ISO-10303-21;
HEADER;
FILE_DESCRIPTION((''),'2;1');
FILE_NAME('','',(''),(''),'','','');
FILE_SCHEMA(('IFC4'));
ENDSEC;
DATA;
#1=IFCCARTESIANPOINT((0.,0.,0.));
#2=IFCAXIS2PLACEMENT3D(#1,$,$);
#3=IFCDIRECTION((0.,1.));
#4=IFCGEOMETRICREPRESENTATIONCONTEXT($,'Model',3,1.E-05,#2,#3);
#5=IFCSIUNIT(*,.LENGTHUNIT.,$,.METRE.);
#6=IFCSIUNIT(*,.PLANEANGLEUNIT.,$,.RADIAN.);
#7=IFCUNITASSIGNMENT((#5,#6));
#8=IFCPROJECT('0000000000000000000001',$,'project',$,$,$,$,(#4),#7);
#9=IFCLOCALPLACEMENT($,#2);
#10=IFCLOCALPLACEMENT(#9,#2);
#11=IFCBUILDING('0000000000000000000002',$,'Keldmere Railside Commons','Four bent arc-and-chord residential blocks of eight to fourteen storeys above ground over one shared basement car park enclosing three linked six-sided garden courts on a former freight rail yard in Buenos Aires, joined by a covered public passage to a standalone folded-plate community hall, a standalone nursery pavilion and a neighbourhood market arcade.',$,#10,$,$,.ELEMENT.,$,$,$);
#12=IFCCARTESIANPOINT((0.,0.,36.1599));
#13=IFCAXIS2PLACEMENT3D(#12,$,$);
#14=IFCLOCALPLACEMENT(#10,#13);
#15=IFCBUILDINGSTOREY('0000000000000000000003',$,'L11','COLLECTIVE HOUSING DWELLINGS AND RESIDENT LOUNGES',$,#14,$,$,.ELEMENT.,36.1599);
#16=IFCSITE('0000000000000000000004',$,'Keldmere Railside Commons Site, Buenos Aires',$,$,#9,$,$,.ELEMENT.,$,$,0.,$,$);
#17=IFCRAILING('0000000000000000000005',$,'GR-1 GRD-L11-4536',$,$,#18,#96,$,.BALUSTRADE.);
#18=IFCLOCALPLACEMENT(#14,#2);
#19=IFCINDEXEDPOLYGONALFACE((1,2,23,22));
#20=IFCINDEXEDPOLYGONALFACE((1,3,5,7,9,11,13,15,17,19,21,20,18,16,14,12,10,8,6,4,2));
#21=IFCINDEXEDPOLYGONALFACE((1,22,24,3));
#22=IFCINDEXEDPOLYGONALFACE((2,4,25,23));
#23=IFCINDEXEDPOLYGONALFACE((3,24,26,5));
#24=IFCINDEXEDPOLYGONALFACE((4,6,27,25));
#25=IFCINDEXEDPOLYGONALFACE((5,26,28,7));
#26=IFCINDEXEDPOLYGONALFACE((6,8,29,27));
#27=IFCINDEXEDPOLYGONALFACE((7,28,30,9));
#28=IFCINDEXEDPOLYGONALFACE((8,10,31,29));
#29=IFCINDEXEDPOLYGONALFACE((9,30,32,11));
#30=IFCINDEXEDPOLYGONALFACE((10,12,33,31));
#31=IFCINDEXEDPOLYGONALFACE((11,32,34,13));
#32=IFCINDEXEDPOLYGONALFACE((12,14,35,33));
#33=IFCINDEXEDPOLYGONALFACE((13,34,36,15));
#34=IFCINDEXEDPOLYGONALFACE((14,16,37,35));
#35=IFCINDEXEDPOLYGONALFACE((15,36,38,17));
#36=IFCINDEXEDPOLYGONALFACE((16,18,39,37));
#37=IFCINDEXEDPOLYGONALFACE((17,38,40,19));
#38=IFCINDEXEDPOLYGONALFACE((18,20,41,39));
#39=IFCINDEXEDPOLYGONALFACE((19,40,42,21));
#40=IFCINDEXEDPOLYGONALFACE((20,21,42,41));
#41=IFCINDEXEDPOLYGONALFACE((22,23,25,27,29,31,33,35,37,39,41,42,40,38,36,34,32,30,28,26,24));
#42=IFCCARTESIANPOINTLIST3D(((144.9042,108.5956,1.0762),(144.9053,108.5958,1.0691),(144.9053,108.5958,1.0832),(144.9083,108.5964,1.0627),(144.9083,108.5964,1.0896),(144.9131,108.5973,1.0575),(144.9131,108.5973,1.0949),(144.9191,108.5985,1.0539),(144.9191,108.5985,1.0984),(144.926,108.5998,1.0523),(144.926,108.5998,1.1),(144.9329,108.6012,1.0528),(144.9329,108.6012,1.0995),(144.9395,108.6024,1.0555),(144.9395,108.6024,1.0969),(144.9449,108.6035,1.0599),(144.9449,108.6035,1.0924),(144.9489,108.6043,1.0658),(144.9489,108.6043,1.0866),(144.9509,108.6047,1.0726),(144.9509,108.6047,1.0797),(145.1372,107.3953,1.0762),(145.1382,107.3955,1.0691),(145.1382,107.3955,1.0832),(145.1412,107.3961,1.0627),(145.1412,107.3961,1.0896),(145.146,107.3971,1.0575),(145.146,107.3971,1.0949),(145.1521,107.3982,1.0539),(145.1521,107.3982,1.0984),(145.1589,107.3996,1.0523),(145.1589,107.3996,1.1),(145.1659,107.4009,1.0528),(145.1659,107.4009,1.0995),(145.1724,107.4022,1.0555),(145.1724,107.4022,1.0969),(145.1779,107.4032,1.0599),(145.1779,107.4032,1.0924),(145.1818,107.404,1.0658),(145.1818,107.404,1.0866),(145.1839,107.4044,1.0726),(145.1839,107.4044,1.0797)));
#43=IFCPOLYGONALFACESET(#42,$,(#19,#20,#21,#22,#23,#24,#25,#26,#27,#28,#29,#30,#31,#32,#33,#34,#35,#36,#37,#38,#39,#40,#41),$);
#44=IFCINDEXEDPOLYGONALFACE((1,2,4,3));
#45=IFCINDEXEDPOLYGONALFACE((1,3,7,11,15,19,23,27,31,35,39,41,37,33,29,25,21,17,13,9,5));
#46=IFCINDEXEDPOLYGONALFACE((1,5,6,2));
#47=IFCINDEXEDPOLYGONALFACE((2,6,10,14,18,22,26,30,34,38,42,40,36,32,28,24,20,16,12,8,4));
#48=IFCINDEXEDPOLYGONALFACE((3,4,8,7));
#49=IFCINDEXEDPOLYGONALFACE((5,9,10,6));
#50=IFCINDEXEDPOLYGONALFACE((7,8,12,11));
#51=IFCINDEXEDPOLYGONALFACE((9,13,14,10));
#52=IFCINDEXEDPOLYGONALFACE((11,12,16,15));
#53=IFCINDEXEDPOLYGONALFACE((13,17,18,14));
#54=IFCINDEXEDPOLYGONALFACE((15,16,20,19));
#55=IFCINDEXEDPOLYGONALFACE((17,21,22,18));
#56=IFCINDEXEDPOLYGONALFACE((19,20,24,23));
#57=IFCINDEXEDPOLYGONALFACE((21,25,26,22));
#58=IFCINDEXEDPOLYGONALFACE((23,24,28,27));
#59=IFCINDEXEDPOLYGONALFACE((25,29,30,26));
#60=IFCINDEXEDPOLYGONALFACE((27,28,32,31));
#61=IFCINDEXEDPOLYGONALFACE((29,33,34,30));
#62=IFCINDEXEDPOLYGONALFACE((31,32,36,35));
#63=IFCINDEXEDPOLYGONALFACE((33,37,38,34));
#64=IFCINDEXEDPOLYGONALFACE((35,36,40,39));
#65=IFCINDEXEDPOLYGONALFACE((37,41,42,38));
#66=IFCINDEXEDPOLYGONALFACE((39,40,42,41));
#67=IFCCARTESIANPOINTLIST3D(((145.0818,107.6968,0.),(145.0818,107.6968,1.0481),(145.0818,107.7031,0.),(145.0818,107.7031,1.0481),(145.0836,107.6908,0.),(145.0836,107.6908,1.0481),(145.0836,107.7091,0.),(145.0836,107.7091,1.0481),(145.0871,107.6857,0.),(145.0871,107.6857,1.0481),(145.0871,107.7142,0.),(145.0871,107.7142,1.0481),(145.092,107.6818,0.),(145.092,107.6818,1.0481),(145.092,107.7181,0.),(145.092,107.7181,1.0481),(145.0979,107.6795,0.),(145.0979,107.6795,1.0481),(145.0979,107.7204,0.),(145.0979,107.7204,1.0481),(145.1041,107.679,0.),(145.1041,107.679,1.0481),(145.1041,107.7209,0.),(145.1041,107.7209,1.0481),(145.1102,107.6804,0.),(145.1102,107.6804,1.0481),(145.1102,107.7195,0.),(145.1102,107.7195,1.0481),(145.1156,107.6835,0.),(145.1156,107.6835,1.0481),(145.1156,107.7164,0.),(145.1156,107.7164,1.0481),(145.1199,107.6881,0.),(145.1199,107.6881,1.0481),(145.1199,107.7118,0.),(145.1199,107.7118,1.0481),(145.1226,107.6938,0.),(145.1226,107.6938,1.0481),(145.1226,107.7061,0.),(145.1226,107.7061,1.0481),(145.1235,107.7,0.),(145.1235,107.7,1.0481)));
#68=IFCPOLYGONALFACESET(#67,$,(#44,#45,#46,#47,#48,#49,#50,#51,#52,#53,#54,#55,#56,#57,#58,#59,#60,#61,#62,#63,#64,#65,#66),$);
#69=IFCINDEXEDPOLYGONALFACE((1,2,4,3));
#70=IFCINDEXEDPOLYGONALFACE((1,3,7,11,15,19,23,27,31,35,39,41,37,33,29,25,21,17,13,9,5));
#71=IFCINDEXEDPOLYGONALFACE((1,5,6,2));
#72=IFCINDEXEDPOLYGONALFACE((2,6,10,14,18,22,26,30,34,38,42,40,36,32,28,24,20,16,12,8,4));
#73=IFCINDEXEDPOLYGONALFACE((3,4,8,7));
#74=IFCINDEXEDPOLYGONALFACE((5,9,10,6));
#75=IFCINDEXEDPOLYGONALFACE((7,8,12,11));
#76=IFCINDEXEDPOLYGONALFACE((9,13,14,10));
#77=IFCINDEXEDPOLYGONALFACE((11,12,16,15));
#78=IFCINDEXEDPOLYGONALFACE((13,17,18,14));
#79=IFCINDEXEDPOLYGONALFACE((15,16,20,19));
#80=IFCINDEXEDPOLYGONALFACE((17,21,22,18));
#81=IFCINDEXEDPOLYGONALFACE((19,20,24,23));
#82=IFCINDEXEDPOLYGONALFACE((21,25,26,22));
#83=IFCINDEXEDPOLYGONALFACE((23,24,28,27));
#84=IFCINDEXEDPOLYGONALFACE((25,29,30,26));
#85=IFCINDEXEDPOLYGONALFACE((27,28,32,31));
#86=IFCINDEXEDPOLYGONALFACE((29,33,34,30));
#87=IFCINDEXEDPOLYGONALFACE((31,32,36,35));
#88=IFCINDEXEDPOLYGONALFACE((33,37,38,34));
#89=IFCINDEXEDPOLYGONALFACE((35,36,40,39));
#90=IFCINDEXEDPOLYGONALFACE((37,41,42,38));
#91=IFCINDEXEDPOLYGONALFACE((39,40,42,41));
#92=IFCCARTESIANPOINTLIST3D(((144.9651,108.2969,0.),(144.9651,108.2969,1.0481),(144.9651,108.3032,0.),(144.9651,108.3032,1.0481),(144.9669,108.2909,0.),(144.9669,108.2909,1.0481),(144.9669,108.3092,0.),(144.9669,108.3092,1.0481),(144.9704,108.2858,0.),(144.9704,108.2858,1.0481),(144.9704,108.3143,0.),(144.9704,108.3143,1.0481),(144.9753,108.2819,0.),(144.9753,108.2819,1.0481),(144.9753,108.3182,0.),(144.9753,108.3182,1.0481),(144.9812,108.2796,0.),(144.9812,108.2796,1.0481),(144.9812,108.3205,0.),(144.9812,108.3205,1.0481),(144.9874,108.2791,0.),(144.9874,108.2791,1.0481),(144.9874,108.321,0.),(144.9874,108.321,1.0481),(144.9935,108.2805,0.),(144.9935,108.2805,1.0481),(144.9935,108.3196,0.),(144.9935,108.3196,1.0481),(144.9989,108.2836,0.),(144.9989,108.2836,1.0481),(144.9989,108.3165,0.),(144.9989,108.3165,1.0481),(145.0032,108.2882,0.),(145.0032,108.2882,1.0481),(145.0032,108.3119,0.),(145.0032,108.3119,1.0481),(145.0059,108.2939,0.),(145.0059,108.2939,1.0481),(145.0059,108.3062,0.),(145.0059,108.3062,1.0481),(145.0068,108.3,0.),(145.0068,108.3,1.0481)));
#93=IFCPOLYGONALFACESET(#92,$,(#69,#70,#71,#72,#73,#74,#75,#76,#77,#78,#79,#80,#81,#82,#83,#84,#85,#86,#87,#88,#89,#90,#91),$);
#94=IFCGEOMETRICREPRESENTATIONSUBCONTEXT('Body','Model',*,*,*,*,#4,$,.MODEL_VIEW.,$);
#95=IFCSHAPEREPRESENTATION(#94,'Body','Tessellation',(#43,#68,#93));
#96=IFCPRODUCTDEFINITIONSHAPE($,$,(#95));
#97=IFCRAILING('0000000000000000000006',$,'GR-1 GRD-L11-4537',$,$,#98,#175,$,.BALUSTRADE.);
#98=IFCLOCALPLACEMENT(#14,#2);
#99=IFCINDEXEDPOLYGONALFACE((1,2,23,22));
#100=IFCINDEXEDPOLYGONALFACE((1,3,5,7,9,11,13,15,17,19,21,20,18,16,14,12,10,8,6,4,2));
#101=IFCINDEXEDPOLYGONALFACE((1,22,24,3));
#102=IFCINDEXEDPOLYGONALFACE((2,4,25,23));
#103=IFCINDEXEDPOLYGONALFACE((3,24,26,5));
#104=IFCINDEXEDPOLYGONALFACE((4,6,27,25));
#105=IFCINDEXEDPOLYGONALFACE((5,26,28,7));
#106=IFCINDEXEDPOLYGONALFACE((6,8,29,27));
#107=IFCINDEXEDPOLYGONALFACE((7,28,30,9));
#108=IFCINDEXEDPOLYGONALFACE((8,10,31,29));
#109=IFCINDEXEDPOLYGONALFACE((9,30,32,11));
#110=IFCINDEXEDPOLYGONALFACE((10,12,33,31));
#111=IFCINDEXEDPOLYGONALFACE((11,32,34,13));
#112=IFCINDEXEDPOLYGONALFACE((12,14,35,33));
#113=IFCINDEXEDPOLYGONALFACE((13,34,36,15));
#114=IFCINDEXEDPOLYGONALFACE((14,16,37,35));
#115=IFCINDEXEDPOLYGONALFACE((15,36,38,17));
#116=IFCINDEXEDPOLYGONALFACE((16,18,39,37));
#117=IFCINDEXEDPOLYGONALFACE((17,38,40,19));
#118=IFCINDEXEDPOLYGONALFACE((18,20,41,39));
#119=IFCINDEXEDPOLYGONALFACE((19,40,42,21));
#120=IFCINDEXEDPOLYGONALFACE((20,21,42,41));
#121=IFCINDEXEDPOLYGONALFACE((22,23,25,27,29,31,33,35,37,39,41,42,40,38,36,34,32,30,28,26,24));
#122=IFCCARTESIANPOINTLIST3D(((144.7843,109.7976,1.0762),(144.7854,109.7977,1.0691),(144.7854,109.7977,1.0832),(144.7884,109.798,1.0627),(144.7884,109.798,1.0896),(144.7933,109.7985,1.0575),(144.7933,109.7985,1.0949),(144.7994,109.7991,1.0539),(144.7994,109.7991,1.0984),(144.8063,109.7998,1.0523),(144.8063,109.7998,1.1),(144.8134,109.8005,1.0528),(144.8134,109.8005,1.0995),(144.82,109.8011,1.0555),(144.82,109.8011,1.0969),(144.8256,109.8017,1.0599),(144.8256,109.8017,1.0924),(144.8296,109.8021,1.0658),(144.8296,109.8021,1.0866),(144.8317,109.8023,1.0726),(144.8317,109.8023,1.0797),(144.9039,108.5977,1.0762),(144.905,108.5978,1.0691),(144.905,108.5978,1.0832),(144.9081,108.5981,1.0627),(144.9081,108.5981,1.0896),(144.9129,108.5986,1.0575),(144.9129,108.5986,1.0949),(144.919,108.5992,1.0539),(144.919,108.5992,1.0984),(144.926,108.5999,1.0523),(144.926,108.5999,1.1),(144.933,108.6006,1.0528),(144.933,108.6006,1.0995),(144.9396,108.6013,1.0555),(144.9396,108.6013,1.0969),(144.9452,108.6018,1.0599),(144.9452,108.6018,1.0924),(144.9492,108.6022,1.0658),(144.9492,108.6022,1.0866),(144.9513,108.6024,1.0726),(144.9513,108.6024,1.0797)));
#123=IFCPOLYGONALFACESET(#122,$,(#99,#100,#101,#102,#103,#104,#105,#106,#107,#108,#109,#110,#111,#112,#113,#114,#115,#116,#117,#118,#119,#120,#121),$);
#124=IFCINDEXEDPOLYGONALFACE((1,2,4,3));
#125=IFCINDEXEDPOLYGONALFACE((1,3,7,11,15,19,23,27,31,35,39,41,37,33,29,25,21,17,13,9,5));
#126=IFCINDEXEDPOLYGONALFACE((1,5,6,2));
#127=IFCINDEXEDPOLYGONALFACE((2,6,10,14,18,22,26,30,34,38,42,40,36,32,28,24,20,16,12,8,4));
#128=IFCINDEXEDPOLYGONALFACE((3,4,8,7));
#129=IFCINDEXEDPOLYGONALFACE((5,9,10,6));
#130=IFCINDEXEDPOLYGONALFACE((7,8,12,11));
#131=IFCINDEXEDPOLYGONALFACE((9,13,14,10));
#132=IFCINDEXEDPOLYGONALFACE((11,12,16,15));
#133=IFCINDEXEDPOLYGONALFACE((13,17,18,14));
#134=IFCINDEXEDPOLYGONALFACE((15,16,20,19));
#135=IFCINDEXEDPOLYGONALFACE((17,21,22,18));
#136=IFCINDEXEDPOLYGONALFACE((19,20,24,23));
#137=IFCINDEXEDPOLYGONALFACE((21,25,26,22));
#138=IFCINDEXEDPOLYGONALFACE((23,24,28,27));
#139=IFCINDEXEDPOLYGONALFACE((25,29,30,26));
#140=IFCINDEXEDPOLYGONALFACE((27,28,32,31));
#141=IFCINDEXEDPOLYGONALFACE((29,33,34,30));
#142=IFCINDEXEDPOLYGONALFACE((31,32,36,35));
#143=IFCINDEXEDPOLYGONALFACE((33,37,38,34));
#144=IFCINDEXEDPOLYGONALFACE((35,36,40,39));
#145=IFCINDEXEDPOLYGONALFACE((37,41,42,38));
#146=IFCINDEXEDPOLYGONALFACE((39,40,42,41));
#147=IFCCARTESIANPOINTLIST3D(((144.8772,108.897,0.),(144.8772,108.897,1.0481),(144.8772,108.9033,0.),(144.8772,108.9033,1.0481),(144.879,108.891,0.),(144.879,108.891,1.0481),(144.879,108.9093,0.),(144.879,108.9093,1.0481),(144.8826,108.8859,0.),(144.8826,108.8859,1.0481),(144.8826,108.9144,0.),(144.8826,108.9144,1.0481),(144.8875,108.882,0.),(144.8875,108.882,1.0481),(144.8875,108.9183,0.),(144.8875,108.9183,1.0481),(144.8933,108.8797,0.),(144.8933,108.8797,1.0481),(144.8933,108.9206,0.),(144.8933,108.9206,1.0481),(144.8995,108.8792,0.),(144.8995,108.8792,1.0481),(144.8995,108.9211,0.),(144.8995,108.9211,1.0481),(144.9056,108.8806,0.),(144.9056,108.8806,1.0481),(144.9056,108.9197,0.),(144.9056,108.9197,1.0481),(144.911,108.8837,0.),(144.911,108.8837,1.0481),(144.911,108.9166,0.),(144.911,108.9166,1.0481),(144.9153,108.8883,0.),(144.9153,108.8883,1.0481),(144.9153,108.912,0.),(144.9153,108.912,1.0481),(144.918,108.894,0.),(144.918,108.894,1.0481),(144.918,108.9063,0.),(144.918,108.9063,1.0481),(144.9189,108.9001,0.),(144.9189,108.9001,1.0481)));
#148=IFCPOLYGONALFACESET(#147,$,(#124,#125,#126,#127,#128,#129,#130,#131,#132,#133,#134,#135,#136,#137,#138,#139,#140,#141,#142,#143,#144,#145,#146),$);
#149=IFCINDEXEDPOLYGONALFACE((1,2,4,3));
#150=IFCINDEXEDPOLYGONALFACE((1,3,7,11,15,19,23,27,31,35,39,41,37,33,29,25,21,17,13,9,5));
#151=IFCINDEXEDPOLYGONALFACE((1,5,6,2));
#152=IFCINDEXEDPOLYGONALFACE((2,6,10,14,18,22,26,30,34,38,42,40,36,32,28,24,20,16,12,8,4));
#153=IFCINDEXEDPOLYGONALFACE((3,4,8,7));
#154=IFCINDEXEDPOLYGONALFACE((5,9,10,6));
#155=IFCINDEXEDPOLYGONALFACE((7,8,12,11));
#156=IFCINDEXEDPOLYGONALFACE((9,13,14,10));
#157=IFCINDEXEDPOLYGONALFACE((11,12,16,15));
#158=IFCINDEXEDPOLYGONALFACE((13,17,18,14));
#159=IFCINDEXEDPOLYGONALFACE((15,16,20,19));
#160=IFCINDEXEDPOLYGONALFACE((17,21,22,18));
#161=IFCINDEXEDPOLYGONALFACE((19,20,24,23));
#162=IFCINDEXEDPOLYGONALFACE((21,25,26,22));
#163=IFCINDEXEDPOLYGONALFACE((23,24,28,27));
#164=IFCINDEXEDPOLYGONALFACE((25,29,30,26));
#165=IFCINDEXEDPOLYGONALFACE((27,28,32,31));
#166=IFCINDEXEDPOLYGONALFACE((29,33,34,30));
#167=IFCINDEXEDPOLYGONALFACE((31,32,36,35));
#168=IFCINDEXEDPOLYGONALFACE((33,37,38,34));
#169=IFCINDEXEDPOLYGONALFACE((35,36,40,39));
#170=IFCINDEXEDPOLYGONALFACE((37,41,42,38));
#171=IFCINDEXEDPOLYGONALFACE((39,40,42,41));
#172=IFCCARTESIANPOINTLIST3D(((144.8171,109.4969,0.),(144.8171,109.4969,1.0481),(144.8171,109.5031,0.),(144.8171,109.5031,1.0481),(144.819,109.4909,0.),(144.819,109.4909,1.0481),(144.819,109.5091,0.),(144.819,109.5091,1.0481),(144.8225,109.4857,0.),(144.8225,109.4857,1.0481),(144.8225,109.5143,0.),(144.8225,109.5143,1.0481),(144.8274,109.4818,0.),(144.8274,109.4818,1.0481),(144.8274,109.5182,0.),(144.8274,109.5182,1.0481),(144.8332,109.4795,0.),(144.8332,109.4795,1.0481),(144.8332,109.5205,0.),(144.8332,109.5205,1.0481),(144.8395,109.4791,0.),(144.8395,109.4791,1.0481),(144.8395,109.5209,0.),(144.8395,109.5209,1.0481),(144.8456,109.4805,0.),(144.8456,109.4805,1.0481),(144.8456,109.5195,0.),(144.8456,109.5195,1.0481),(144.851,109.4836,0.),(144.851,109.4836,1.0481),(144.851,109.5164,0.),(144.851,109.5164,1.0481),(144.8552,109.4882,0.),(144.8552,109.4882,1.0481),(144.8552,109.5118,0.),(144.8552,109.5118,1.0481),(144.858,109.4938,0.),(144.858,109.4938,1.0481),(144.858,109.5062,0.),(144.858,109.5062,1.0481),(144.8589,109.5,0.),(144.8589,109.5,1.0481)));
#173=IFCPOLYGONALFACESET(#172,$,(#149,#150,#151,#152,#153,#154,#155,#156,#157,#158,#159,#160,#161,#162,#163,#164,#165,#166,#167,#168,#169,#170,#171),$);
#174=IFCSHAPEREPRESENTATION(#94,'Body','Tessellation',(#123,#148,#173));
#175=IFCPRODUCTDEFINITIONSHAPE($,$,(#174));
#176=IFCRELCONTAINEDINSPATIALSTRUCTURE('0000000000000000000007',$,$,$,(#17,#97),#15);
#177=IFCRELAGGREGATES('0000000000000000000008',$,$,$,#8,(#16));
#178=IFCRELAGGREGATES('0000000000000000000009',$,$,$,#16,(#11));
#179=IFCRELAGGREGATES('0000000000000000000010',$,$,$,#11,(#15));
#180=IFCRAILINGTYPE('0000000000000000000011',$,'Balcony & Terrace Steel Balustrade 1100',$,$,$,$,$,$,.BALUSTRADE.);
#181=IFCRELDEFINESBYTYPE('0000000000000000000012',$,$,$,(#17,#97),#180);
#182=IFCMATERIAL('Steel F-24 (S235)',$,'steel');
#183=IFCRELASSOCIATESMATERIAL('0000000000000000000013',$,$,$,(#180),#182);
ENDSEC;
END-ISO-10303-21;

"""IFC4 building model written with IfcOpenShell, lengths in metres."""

from ifc_helpers import new_model, si_unit, direction, frame, origin, origin_2d, place, context, subcontext, project, spatial, circle, extrude, material, type_object, element, save


model = new_model("IFC4")

# Units and contexts
model_context = context("Model", 3, precision=1e-05, world=origin(), true_north=direction((0.0, 1.0)))
body_context = subcontext(model_context, "Body", "Model", "MODEL_VIEW")
ifc_project = project(units=[si_unit("LENGTHUNIT", "METRE"), si_unit("PLANEANGLEUNIT", "RADIAN")], contexts=[model_context])

# Site, building, storey
site_placement = place(None, origin())
site = spatial("IfcSite", under=ifc_project, at=site_placement, Name="Keldmere Railside Commons Site, Buenos Aires", CompositionType="ELEMENT", RefElevation=0.0)
building_placement = place(site_placement, origin())
building = spatial("IfcBuilding", under=site, at=building_placement, Name="Keldmere Railside Commons", Description="Four bent arc-and-chord residential blocks of eight to fourteen storeys above ground over one shared basement car park enclosing three linked six-sided garden courts on a former freight rail yard in Buenos Aires, joined by a covered public passage to a standalone folded-plate community hall, a standalone nursery pavilion and a neighbourhood market arcade.", CompositionType="ELEMENT")
storey_placement = place(building_placement, frame((0.0, 0.0, 36.1599)))
storey = spatial("IfcBuildingStorey", under=building, at=storey_placement, Name="L11", Description="COLLECTIVE HOUSING DWELLINGS AND RESIDENT LOUNGES", CompositionType="ELEMENT", Elevation=36.1599)

# Railings
ifc_material_1 = material(Name="Steel F-24 (S235)", Category="steel")
railing_type = type_object("IfcRailingType", Name="Balcony & Terrace Steel Balustrade 1100", PredefinedType="BALUSTRADE", material=ifc_material_1)
railing_1_placement = place(storey_placement, frame((145.1606, 107.3999, 0.0)))
element("IfcRailing", 1, at=railing_1_placement, inside=storey, type_object=railing_type, Name="GR-1 GRD-L11-4536", PredefinedType="BALUSTRADE", context=body_context, shape_type="SweptSolid", body=[
    extrude(circle(Radius=0.0239, at=origin_2d()), frame((0.0, 0.0, 1.0762), z_axis=(-0.190506, 0.981686, 0.0), x_axis=(-0.981686, -0.190506, 0.0)), (0.0, 0.0, 1.0), 1.2227),
    extrude(circle(Radius=0.021, at=origin_2d()), frame((-0.0581, 0.3, 0.0)), (0.0, 0.0, 1.0), 1.0481),
    extrude(circle(Radius=0.021, at=origin_2d()), frame((-0.1748, 0.9001, 0.0)), (0.0, 0.0, 1.0), 1.0481),
])
railing_2_placement = place(storey_placement, frame((144.9277, 108.6001, 0.0)))
element("IfcRailing", 2, at=railing_2_placement, inside=storey, type_object=railing_type, Name="GR-1 GRD-L11-4537", PredefinedType="BALUSTRADE", context=body_context, shape_type="SweptSolid", body=[
    extrude(circle(Radius=0.0239, at=origin_2d()), frame((0.0, 0.0, 1.0762), z_axis=(-0.099203, 0.995067, 0.0), x_axis=(-0.995067, -0.099203, 0.0)), (0.0, 0.0, 1.0), 1.2058),
    extrude(circle(Radius=0.021, at=origin_2d()), frame((-0.0298, 0.3, 0.0)), (0.0, 0.0, 1.0), 1.0481),
    extrude(circle(Radius=0.021, at=origin_2d()), frame((-0.0898, 0.8999, 0.0)), (0.0, 0.0, 1.0), 1.0481),
])

save(model, "model.ifc")
